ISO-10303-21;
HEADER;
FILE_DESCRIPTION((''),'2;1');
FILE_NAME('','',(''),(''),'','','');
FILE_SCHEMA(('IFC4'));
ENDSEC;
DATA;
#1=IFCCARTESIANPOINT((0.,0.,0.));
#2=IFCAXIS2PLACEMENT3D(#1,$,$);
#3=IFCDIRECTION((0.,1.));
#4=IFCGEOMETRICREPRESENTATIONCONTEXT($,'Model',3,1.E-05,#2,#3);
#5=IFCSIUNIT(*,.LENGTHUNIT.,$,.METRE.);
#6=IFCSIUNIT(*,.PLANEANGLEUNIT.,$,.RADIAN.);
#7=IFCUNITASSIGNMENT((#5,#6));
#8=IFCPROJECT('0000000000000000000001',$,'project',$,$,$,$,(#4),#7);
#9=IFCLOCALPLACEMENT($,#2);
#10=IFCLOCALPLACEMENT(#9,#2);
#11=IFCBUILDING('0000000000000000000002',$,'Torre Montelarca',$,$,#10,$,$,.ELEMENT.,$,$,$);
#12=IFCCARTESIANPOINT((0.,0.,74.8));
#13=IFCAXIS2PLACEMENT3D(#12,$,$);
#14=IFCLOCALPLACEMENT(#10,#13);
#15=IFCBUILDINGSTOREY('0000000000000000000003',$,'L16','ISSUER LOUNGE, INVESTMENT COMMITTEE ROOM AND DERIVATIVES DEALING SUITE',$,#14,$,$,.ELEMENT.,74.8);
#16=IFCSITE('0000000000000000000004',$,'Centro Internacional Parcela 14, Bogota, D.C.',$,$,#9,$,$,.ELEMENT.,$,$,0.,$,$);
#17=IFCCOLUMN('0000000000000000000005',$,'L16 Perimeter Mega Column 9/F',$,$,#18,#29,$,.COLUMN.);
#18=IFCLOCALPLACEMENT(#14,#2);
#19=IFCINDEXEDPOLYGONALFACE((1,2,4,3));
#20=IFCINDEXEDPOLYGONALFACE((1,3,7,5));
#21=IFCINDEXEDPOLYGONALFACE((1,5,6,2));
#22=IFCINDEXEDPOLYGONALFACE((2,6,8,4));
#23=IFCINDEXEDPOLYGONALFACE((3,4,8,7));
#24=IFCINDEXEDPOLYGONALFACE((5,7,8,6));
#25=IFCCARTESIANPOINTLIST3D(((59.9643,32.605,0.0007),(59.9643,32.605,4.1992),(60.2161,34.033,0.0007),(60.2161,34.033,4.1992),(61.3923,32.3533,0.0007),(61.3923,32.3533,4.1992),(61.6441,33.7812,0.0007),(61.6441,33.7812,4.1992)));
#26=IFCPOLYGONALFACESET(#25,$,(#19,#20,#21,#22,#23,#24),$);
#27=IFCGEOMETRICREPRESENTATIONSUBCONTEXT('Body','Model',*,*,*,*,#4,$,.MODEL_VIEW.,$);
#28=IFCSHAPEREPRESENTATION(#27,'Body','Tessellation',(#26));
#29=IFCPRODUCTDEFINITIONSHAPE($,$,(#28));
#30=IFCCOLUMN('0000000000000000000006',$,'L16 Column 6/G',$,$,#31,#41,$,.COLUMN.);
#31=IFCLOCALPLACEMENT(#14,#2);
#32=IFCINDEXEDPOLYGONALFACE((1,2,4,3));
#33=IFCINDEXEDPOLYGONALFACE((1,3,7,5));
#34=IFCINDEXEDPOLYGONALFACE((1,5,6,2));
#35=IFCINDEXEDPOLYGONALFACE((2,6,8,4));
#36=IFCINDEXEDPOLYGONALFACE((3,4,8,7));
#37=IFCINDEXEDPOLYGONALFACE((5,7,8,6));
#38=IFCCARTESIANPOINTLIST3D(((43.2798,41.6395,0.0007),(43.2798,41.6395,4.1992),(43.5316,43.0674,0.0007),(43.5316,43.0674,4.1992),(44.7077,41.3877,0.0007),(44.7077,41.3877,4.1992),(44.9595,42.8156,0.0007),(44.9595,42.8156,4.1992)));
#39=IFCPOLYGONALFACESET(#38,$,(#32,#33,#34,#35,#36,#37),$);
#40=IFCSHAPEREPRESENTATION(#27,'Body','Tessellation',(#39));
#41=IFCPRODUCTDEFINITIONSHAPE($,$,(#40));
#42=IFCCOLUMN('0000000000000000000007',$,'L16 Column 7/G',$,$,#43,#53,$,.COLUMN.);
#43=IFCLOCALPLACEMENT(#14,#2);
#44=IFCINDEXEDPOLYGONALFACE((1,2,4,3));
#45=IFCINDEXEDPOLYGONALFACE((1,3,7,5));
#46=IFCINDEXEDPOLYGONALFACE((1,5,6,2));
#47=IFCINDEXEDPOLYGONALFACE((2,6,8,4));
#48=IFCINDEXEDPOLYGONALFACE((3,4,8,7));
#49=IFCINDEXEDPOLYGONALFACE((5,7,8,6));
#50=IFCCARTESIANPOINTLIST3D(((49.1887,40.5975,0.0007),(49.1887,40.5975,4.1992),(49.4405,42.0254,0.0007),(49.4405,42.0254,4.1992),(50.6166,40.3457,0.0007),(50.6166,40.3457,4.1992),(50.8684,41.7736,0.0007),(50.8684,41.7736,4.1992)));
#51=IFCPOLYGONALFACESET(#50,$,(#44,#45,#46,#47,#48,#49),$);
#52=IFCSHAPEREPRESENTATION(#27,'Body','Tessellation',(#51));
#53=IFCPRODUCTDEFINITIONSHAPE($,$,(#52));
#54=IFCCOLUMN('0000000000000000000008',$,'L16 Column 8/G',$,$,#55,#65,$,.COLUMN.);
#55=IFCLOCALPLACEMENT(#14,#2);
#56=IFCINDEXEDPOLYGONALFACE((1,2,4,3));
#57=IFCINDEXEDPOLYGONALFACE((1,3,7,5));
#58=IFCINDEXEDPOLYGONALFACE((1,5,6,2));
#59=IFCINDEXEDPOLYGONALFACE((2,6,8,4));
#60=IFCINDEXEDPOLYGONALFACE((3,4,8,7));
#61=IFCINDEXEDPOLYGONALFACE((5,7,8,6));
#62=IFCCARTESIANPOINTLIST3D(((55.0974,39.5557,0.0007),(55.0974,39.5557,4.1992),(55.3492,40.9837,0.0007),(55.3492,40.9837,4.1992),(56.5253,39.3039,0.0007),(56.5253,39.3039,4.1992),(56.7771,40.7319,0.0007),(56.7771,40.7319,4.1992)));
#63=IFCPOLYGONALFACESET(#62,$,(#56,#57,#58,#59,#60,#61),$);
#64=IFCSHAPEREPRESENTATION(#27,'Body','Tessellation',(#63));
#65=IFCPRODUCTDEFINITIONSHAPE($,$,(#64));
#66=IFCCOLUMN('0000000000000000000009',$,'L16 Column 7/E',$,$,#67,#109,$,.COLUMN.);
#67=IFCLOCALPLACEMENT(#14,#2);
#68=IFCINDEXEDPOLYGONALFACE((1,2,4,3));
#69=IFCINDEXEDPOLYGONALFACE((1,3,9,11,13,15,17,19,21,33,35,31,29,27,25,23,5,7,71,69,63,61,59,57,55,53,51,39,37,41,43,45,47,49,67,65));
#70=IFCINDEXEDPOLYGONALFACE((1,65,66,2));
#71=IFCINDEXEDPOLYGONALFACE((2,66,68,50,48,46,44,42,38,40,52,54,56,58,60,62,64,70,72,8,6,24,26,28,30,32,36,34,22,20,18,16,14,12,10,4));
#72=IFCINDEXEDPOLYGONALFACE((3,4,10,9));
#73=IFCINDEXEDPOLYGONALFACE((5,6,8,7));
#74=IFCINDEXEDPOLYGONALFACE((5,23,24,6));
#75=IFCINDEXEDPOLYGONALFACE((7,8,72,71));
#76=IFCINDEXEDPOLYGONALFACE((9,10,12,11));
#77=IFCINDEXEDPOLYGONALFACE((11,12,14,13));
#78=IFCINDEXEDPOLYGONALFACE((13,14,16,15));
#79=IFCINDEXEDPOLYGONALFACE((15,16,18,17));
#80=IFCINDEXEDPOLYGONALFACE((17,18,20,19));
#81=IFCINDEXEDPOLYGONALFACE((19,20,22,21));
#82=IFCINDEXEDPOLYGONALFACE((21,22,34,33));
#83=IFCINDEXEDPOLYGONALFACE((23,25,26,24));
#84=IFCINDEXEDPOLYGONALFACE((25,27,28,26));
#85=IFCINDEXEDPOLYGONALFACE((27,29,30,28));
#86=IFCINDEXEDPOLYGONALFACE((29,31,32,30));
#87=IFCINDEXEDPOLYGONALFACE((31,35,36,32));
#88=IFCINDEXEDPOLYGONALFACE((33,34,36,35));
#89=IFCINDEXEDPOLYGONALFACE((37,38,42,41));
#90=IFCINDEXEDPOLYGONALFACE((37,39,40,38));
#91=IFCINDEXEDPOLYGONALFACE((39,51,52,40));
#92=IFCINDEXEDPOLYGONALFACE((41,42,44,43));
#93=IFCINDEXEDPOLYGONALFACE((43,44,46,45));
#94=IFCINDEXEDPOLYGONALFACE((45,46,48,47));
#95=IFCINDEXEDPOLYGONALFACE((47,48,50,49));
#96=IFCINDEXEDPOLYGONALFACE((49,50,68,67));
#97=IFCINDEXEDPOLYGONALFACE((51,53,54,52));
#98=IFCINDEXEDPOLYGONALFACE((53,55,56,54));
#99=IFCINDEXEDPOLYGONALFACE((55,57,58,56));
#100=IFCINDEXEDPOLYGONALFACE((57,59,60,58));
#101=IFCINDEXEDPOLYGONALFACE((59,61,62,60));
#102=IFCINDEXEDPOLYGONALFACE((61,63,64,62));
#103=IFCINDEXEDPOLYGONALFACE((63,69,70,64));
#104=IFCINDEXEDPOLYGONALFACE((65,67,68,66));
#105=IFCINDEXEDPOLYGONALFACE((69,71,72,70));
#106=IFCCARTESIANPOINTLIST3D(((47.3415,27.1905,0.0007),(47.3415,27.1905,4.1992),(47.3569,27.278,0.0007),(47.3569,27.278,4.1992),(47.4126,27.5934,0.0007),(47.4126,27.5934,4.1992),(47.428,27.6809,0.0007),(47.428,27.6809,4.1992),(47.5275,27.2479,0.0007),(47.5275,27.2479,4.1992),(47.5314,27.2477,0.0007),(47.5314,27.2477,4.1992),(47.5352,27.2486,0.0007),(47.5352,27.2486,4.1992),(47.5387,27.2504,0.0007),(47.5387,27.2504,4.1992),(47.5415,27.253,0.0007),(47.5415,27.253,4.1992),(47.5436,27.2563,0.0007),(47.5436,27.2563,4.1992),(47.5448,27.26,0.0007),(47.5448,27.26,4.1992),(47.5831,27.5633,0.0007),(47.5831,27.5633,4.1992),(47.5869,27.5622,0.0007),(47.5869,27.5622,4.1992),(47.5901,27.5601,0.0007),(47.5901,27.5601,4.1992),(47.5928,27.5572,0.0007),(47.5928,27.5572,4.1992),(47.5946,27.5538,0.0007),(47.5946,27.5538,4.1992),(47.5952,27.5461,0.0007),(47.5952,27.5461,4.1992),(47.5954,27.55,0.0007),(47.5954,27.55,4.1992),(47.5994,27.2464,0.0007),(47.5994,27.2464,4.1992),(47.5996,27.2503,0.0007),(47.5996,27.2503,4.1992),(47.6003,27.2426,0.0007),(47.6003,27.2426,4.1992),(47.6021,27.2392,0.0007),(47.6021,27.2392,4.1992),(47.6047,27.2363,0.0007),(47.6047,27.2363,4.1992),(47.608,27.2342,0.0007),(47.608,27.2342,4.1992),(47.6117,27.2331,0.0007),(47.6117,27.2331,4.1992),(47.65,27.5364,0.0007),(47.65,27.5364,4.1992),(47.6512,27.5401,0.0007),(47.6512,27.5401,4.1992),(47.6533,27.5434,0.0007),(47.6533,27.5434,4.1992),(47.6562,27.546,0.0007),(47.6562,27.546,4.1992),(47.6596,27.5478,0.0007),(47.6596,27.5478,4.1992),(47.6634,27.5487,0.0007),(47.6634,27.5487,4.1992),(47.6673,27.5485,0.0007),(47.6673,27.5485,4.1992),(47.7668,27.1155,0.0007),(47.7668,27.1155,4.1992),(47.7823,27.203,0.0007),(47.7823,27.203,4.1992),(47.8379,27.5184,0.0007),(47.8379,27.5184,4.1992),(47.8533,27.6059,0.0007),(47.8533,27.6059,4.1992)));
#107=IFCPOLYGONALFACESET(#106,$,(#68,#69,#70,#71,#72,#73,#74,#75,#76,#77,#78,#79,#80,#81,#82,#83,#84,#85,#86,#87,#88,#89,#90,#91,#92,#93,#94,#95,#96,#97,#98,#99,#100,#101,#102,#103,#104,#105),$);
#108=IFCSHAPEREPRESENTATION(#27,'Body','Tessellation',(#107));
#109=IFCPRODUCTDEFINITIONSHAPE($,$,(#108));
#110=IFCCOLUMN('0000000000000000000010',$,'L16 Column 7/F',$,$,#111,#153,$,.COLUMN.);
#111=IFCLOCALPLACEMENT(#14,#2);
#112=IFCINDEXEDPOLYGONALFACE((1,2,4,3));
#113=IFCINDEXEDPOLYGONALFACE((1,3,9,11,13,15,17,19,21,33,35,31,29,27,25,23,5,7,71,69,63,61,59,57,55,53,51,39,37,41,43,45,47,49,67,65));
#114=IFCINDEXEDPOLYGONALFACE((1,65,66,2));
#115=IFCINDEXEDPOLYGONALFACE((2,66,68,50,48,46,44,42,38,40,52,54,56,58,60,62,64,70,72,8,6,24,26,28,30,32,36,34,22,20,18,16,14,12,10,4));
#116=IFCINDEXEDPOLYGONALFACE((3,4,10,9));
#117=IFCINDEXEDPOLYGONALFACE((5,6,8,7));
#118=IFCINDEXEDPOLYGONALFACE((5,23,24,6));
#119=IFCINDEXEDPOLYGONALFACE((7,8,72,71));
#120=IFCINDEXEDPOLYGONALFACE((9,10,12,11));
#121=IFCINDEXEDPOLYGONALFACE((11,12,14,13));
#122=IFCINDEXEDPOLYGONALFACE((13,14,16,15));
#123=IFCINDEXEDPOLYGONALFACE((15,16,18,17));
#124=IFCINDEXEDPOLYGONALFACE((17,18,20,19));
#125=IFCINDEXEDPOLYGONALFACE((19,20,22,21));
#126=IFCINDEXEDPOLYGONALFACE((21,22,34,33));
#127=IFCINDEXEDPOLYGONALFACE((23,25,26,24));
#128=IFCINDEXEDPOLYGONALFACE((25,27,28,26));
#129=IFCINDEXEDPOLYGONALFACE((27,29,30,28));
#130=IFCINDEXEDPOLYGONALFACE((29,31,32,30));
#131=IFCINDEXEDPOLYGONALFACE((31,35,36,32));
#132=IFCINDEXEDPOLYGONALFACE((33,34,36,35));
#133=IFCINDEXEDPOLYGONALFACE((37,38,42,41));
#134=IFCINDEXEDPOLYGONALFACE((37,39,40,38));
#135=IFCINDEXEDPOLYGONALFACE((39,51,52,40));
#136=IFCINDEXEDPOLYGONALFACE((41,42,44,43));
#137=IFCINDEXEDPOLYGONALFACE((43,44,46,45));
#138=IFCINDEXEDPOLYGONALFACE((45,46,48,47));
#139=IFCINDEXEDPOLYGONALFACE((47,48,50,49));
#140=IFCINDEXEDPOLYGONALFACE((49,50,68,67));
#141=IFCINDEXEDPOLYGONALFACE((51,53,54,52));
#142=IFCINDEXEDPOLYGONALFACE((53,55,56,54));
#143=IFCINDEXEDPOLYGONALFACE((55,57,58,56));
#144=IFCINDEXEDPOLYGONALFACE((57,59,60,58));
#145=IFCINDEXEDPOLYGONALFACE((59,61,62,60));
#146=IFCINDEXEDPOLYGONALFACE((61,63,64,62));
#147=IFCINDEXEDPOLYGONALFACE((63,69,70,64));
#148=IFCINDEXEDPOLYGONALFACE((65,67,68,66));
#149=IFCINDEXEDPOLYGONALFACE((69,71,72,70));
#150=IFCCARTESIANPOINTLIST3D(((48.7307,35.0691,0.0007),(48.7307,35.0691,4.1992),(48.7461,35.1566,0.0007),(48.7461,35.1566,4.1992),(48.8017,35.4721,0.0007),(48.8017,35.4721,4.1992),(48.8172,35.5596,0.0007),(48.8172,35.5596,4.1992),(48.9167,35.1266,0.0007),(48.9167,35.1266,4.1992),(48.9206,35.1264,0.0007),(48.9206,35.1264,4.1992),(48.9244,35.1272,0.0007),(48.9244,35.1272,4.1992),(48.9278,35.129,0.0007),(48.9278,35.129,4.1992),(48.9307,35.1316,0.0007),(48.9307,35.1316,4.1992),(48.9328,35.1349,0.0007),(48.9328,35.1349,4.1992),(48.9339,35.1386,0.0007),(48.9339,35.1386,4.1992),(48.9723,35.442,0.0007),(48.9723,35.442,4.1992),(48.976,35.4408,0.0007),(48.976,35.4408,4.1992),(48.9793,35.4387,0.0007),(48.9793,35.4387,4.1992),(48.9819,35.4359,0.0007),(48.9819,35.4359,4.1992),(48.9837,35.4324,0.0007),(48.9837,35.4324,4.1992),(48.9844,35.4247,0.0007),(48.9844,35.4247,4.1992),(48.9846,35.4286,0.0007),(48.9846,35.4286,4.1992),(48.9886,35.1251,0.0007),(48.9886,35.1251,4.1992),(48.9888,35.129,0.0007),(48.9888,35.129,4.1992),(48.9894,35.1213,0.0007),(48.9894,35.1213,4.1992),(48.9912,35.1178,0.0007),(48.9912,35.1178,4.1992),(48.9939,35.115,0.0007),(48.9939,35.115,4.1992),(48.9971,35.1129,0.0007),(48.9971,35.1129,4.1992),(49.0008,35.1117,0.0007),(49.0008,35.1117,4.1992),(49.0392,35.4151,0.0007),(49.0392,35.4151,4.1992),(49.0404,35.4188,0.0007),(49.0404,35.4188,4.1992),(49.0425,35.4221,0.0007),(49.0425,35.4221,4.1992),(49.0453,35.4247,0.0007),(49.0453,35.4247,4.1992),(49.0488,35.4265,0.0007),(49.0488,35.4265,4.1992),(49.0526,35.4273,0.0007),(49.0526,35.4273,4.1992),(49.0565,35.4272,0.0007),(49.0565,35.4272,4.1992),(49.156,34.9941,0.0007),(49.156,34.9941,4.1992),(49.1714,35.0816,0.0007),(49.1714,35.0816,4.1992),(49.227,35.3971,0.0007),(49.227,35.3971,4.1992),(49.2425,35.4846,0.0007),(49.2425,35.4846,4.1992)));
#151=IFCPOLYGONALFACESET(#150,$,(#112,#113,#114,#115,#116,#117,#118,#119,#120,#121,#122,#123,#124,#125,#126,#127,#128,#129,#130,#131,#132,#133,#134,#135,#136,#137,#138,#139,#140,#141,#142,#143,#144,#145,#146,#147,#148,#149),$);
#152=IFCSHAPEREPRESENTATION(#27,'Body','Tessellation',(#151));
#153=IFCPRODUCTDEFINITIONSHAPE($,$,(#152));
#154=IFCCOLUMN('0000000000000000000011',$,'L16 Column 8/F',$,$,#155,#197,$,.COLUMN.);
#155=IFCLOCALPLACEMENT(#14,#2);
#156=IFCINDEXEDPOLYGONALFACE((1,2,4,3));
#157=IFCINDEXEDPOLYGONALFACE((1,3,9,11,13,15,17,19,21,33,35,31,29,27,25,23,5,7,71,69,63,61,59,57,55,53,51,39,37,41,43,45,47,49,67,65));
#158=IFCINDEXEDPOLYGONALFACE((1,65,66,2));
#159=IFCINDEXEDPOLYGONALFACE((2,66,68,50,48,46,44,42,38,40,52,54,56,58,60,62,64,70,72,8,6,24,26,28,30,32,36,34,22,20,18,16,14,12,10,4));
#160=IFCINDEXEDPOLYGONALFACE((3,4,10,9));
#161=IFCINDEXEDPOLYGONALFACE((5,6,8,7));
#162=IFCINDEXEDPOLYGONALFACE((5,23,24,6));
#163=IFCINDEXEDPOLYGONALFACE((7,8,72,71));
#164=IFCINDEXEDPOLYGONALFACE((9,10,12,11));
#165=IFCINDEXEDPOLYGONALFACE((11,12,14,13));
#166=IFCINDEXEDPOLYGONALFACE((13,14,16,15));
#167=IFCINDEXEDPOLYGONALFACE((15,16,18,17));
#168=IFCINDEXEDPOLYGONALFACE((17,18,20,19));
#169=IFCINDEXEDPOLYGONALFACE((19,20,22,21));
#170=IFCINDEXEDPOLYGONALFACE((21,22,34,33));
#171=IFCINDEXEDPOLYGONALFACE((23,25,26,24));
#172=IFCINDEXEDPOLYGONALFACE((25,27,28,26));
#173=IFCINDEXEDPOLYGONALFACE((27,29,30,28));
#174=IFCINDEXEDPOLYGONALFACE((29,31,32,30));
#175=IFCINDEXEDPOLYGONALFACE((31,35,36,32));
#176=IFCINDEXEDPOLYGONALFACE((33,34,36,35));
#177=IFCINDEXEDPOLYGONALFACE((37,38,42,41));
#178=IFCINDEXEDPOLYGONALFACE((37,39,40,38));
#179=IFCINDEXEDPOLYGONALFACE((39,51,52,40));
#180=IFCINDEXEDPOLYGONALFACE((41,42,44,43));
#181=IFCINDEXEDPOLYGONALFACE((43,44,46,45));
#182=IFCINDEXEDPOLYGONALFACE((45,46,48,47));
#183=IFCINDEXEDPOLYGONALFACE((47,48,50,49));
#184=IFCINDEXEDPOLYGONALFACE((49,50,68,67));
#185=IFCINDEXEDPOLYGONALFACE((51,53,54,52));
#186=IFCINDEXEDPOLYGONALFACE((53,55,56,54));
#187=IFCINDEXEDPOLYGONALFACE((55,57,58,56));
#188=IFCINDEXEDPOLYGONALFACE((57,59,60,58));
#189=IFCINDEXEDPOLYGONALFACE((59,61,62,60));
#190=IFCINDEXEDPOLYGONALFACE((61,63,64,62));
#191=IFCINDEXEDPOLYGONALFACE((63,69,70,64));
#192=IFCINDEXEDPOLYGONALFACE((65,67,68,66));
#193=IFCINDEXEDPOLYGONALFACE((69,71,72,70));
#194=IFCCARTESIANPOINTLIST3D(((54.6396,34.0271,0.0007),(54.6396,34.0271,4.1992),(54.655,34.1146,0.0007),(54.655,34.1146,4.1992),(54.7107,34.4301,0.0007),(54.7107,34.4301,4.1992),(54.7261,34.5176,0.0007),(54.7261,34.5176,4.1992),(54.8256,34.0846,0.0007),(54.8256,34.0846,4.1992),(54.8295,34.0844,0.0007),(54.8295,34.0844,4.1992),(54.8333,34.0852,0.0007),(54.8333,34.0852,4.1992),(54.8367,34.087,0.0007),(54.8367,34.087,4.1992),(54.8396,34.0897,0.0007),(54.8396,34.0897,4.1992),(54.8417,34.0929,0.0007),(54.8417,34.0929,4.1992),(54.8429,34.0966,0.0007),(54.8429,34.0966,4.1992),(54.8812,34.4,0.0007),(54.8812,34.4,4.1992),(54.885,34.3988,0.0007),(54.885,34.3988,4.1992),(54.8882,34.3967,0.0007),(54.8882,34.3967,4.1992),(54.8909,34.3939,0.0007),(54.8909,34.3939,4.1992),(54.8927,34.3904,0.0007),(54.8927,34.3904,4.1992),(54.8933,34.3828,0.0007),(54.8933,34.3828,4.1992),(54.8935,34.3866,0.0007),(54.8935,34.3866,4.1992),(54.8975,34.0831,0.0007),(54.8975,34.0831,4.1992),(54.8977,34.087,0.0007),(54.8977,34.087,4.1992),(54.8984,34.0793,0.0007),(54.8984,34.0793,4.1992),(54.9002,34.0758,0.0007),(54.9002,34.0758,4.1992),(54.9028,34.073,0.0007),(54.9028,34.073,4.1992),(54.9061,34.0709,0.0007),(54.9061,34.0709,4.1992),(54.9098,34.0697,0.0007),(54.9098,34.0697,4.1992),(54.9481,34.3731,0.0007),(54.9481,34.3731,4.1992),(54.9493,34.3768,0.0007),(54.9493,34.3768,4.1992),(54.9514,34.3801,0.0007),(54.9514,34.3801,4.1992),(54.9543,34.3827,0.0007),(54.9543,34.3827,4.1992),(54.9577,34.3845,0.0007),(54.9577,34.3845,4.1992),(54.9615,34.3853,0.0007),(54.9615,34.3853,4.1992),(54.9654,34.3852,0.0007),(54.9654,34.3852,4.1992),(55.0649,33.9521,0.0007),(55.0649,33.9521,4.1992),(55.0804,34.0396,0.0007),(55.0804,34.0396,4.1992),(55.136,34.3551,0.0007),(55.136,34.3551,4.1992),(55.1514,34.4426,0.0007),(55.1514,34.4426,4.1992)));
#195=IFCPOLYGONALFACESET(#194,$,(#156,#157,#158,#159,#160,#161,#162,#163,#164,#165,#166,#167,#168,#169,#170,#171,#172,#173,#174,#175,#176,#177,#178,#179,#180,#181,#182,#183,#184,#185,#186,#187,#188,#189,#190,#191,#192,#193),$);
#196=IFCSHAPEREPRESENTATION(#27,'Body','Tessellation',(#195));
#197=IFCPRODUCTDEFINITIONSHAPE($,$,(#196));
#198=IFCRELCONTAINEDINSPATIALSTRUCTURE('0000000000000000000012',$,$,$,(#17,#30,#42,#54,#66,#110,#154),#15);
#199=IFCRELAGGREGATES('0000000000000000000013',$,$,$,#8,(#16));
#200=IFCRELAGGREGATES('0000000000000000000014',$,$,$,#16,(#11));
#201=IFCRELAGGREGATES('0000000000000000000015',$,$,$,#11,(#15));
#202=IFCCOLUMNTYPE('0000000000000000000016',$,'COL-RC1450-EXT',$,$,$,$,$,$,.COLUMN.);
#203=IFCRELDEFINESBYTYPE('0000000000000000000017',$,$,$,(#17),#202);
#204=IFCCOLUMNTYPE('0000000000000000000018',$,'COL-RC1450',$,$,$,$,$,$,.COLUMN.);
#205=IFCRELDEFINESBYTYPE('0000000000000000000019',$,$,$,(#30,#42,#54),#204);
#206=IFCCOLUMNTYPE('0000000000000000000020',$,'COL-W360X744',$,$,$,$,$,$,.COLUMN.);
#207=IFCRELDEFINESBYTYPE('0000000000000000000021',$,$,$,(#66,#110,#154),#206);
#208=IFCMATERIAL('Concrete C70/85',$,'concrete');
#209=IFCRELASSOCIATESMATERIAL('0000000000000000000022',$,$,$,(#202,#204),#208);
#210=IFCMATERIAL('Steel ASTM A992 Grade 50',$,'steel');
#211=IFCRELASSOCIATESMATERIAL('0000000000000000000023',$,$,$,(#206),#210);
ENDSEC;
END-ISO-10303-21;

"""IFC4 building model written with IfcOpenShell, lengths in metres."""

from ifc_helpers import new_model, si_unit, direction, frame, origin, origin_2d, place, context, subcontext, project, spatial, rectangle, i_section, extrude, source, transform, mapped, material, material_profile, profile_set, type_object, element, save


model = new_model("IFC4")

# Units and contexts
model_context = context("Model", 3, precision=1e-05, world=origin(), true_north=direction((0.0, 1.0)))
body_context = subcontext(model_context, "Body", "Model", "MODEL_VIEW")
ifc_project = project(units=[si_unit("LENGTHUNIT", "METRE"), si_unit("PLANEANGLEUNIT", "RADIAN")], contexts=[model_context])

# Site, building, storey
site_placement = place(None, origin())
site = spatial("IfcSite", under=ifc_project, at=site_placement, Name="Centro Internacional Parcela 14, Bogota, D.C.", CompositionType="ELEMENT", RefElevation=0.0)
building_placement = place(site_placement, origin())
building = spatial("IfcBuilding", under=site, at=building_placement, Name="Torre Montelarca", CompositionType="ELEMENT")
storey_placement = place(building_placement, frame((0.0, 0.0, 74.8)))
storey = spatial("IfcBuildingStorey", under=building, at=storey_placement, Name="L16", Description="ISSUER LOUNGE, INVESTMENT COMMITTEE ROOM AND DERIVATIVES DEALING SUITE", CompositionType="ELEMENT", Elevation=74.8)

# Columns
ifc_material_1 = material(Name="Concrete C70/85", Category="concrete")
ifc_material_profile_1 = material_profile(ifc_material_1, rectangle(XDim=1.45, YDim=1.45, at=origin_2d()), Name="RC1450X1450", Category="concrete")
ifc_profile_set_1 = profile_set([ifc_material_profile_1], Name="Concrete C70/85")
column_type_1 = type_object("IfcColumnType", Name="COL-RC1450-EXT", PredefinedType="COLUMN", material=ifc_profile_set_1)
shared_shape_1 = source(origin(), body_context, "Body", "SweptSolid", [
    extrude(rectangle(XDim=1.45, YDim=1.45, at=origin_2d()), origin(), (0.0, 0.0, 1.0), 4.1985),
])
column_placement = place(storey_placement, frame((60.8042, 33.1931, 0.0007), z_axis=(0.0, 0.0, 1.0), x_axis=(-0.984808, 0.173648, 0.0)))
element("IfcColumn", 1, at=column_placement, inside=storey, type_object=column_type_1, Name="L16 Perimeter Mega Column 9/F", PredefinedType="COLUMN", context=body_context, shape_type="MappedRepresentation", body=[
    mapped(shared_shape_1, transform((0.0, 0.0, 0.0), scale=1.0)),
])
ifc_material_profile_2 = material_profile(ifc_material_1, rectangle(XDim=1.45, YDim=1.45, at=origin_2d()), Name="RC1450X1450", Category="concrete")
ifc_profile_set_2 = profile_set([ifc_material_profile_2], Name="Concrete C70/85")
column_type_2 = type_object("IfcColumnType", Name="COL-RC1450", PredefinedType="COLUMN", material=ifc_profile_set_2)
shared_shape_2 = source(origin(), body_context, "Body", "SweptSolid", [
    extrude(rectangle(XDim=1.45, YDim=1.45, at=origin_2d()), origin(), (0.0, 0.0, 1.0), 4.1985),
])
for number, where, z_axis, x_axis, name in (
    (2, (44.1196, 42.2275, 0.0007), (0.0, 0.0, 1.0), (-0.984808, 0.173648, 0.0), "L16 Column 6/G"),
    (3, (50.0286, 41.1855, 0.0007), (0.0, 0.0, 1.0), (-0.984808, 0.173648, 0.0), "L16 Column 7/G"),
    (4, (55.9373, 40.1438, 0.0007), (0.0, 0.0, 1.0), (-0.984808, 0.173648, 0.0), "L16 Column 8/G"),
):
    element("IfcColumn", number, at=place(storey_placement, frame(where, z_axis=z_axis, x_axis=x_axis)), inside=storey, type_object=column_type_2, Name=name, PredefinedType="COLUMN", context=body_context, shape_type="MappedRepresentation", body=[
        mapped(shared_shape_2, transform((0.0, 0.0, 0.0), scale=1.0)),
    ])
ifc_material_2 = material(Name="Steel ASTM A992 Grade 50", Category="steel")
ifc_material_profile_3 = material_profile(ifc_material_2, i_section(OverallWidth=0.4319, OverallDepth=0.498, WebThickness=0.0557, FlangeThickness=0.0889, FilletRadius=0.0149, at=origin_2d()), Name="W360X744", Category="steel")
ifc_profile_set_3 = profile_set([ifc_material_profile_3], Name="Steel ASTM A992 Grade 50")
column_type_3 = type_object("IfcColumnType", Name="COL-W360X744", PredefinedType="COLUMN", material=ifc_profile_set_3)
shared_shape_3 = source(origin(), body_context, "Body", "SweptSolid", [
    extrude(i_section(OverallWidth=0.4319, OverallDepth=0.498, WebThickness=0.0557, FlangeThickness=0.0889, FilletRadius=0.0149, at=origin_2d()), origin(), (0.0, 0.0, 1.0), 4.1985),
])
for number, where, z_axis, x_axis, name in (
    (5, (47.5974, 27.3982, 0.0007), (0.0, 0.0, 1.0), (-0.984808, 0.173648, 0.0), "L16 Column 7/E"),
    (6, (48.9866, 35.2769, 0.0007), (0.0, 0.0, 1.0), (-0.984808, 0.173648, 0.0), "L16 Column 7/F"),
    (7, (54.8955, 34.2349, 0.0007), (0.0, 0.0, 1.0), (-0.984808, 0.173648, 0.0), "L16 Column 8/F"),
):
    element("IfcColumn", number, at=place(storey_placement, frame(where, z_axis=z_axis, x_axis=x_axis)), inside=storey, type_object=column_type_3, Name=name, PredefinedType="COLUMN", context=body_context, shape_type="MappedRepresentation", body=[
        mapped(shared_shape_3, transform((0.0, 0.0, 0.0), scale=1.0)),
    ])

save(model, "model.ifc")
